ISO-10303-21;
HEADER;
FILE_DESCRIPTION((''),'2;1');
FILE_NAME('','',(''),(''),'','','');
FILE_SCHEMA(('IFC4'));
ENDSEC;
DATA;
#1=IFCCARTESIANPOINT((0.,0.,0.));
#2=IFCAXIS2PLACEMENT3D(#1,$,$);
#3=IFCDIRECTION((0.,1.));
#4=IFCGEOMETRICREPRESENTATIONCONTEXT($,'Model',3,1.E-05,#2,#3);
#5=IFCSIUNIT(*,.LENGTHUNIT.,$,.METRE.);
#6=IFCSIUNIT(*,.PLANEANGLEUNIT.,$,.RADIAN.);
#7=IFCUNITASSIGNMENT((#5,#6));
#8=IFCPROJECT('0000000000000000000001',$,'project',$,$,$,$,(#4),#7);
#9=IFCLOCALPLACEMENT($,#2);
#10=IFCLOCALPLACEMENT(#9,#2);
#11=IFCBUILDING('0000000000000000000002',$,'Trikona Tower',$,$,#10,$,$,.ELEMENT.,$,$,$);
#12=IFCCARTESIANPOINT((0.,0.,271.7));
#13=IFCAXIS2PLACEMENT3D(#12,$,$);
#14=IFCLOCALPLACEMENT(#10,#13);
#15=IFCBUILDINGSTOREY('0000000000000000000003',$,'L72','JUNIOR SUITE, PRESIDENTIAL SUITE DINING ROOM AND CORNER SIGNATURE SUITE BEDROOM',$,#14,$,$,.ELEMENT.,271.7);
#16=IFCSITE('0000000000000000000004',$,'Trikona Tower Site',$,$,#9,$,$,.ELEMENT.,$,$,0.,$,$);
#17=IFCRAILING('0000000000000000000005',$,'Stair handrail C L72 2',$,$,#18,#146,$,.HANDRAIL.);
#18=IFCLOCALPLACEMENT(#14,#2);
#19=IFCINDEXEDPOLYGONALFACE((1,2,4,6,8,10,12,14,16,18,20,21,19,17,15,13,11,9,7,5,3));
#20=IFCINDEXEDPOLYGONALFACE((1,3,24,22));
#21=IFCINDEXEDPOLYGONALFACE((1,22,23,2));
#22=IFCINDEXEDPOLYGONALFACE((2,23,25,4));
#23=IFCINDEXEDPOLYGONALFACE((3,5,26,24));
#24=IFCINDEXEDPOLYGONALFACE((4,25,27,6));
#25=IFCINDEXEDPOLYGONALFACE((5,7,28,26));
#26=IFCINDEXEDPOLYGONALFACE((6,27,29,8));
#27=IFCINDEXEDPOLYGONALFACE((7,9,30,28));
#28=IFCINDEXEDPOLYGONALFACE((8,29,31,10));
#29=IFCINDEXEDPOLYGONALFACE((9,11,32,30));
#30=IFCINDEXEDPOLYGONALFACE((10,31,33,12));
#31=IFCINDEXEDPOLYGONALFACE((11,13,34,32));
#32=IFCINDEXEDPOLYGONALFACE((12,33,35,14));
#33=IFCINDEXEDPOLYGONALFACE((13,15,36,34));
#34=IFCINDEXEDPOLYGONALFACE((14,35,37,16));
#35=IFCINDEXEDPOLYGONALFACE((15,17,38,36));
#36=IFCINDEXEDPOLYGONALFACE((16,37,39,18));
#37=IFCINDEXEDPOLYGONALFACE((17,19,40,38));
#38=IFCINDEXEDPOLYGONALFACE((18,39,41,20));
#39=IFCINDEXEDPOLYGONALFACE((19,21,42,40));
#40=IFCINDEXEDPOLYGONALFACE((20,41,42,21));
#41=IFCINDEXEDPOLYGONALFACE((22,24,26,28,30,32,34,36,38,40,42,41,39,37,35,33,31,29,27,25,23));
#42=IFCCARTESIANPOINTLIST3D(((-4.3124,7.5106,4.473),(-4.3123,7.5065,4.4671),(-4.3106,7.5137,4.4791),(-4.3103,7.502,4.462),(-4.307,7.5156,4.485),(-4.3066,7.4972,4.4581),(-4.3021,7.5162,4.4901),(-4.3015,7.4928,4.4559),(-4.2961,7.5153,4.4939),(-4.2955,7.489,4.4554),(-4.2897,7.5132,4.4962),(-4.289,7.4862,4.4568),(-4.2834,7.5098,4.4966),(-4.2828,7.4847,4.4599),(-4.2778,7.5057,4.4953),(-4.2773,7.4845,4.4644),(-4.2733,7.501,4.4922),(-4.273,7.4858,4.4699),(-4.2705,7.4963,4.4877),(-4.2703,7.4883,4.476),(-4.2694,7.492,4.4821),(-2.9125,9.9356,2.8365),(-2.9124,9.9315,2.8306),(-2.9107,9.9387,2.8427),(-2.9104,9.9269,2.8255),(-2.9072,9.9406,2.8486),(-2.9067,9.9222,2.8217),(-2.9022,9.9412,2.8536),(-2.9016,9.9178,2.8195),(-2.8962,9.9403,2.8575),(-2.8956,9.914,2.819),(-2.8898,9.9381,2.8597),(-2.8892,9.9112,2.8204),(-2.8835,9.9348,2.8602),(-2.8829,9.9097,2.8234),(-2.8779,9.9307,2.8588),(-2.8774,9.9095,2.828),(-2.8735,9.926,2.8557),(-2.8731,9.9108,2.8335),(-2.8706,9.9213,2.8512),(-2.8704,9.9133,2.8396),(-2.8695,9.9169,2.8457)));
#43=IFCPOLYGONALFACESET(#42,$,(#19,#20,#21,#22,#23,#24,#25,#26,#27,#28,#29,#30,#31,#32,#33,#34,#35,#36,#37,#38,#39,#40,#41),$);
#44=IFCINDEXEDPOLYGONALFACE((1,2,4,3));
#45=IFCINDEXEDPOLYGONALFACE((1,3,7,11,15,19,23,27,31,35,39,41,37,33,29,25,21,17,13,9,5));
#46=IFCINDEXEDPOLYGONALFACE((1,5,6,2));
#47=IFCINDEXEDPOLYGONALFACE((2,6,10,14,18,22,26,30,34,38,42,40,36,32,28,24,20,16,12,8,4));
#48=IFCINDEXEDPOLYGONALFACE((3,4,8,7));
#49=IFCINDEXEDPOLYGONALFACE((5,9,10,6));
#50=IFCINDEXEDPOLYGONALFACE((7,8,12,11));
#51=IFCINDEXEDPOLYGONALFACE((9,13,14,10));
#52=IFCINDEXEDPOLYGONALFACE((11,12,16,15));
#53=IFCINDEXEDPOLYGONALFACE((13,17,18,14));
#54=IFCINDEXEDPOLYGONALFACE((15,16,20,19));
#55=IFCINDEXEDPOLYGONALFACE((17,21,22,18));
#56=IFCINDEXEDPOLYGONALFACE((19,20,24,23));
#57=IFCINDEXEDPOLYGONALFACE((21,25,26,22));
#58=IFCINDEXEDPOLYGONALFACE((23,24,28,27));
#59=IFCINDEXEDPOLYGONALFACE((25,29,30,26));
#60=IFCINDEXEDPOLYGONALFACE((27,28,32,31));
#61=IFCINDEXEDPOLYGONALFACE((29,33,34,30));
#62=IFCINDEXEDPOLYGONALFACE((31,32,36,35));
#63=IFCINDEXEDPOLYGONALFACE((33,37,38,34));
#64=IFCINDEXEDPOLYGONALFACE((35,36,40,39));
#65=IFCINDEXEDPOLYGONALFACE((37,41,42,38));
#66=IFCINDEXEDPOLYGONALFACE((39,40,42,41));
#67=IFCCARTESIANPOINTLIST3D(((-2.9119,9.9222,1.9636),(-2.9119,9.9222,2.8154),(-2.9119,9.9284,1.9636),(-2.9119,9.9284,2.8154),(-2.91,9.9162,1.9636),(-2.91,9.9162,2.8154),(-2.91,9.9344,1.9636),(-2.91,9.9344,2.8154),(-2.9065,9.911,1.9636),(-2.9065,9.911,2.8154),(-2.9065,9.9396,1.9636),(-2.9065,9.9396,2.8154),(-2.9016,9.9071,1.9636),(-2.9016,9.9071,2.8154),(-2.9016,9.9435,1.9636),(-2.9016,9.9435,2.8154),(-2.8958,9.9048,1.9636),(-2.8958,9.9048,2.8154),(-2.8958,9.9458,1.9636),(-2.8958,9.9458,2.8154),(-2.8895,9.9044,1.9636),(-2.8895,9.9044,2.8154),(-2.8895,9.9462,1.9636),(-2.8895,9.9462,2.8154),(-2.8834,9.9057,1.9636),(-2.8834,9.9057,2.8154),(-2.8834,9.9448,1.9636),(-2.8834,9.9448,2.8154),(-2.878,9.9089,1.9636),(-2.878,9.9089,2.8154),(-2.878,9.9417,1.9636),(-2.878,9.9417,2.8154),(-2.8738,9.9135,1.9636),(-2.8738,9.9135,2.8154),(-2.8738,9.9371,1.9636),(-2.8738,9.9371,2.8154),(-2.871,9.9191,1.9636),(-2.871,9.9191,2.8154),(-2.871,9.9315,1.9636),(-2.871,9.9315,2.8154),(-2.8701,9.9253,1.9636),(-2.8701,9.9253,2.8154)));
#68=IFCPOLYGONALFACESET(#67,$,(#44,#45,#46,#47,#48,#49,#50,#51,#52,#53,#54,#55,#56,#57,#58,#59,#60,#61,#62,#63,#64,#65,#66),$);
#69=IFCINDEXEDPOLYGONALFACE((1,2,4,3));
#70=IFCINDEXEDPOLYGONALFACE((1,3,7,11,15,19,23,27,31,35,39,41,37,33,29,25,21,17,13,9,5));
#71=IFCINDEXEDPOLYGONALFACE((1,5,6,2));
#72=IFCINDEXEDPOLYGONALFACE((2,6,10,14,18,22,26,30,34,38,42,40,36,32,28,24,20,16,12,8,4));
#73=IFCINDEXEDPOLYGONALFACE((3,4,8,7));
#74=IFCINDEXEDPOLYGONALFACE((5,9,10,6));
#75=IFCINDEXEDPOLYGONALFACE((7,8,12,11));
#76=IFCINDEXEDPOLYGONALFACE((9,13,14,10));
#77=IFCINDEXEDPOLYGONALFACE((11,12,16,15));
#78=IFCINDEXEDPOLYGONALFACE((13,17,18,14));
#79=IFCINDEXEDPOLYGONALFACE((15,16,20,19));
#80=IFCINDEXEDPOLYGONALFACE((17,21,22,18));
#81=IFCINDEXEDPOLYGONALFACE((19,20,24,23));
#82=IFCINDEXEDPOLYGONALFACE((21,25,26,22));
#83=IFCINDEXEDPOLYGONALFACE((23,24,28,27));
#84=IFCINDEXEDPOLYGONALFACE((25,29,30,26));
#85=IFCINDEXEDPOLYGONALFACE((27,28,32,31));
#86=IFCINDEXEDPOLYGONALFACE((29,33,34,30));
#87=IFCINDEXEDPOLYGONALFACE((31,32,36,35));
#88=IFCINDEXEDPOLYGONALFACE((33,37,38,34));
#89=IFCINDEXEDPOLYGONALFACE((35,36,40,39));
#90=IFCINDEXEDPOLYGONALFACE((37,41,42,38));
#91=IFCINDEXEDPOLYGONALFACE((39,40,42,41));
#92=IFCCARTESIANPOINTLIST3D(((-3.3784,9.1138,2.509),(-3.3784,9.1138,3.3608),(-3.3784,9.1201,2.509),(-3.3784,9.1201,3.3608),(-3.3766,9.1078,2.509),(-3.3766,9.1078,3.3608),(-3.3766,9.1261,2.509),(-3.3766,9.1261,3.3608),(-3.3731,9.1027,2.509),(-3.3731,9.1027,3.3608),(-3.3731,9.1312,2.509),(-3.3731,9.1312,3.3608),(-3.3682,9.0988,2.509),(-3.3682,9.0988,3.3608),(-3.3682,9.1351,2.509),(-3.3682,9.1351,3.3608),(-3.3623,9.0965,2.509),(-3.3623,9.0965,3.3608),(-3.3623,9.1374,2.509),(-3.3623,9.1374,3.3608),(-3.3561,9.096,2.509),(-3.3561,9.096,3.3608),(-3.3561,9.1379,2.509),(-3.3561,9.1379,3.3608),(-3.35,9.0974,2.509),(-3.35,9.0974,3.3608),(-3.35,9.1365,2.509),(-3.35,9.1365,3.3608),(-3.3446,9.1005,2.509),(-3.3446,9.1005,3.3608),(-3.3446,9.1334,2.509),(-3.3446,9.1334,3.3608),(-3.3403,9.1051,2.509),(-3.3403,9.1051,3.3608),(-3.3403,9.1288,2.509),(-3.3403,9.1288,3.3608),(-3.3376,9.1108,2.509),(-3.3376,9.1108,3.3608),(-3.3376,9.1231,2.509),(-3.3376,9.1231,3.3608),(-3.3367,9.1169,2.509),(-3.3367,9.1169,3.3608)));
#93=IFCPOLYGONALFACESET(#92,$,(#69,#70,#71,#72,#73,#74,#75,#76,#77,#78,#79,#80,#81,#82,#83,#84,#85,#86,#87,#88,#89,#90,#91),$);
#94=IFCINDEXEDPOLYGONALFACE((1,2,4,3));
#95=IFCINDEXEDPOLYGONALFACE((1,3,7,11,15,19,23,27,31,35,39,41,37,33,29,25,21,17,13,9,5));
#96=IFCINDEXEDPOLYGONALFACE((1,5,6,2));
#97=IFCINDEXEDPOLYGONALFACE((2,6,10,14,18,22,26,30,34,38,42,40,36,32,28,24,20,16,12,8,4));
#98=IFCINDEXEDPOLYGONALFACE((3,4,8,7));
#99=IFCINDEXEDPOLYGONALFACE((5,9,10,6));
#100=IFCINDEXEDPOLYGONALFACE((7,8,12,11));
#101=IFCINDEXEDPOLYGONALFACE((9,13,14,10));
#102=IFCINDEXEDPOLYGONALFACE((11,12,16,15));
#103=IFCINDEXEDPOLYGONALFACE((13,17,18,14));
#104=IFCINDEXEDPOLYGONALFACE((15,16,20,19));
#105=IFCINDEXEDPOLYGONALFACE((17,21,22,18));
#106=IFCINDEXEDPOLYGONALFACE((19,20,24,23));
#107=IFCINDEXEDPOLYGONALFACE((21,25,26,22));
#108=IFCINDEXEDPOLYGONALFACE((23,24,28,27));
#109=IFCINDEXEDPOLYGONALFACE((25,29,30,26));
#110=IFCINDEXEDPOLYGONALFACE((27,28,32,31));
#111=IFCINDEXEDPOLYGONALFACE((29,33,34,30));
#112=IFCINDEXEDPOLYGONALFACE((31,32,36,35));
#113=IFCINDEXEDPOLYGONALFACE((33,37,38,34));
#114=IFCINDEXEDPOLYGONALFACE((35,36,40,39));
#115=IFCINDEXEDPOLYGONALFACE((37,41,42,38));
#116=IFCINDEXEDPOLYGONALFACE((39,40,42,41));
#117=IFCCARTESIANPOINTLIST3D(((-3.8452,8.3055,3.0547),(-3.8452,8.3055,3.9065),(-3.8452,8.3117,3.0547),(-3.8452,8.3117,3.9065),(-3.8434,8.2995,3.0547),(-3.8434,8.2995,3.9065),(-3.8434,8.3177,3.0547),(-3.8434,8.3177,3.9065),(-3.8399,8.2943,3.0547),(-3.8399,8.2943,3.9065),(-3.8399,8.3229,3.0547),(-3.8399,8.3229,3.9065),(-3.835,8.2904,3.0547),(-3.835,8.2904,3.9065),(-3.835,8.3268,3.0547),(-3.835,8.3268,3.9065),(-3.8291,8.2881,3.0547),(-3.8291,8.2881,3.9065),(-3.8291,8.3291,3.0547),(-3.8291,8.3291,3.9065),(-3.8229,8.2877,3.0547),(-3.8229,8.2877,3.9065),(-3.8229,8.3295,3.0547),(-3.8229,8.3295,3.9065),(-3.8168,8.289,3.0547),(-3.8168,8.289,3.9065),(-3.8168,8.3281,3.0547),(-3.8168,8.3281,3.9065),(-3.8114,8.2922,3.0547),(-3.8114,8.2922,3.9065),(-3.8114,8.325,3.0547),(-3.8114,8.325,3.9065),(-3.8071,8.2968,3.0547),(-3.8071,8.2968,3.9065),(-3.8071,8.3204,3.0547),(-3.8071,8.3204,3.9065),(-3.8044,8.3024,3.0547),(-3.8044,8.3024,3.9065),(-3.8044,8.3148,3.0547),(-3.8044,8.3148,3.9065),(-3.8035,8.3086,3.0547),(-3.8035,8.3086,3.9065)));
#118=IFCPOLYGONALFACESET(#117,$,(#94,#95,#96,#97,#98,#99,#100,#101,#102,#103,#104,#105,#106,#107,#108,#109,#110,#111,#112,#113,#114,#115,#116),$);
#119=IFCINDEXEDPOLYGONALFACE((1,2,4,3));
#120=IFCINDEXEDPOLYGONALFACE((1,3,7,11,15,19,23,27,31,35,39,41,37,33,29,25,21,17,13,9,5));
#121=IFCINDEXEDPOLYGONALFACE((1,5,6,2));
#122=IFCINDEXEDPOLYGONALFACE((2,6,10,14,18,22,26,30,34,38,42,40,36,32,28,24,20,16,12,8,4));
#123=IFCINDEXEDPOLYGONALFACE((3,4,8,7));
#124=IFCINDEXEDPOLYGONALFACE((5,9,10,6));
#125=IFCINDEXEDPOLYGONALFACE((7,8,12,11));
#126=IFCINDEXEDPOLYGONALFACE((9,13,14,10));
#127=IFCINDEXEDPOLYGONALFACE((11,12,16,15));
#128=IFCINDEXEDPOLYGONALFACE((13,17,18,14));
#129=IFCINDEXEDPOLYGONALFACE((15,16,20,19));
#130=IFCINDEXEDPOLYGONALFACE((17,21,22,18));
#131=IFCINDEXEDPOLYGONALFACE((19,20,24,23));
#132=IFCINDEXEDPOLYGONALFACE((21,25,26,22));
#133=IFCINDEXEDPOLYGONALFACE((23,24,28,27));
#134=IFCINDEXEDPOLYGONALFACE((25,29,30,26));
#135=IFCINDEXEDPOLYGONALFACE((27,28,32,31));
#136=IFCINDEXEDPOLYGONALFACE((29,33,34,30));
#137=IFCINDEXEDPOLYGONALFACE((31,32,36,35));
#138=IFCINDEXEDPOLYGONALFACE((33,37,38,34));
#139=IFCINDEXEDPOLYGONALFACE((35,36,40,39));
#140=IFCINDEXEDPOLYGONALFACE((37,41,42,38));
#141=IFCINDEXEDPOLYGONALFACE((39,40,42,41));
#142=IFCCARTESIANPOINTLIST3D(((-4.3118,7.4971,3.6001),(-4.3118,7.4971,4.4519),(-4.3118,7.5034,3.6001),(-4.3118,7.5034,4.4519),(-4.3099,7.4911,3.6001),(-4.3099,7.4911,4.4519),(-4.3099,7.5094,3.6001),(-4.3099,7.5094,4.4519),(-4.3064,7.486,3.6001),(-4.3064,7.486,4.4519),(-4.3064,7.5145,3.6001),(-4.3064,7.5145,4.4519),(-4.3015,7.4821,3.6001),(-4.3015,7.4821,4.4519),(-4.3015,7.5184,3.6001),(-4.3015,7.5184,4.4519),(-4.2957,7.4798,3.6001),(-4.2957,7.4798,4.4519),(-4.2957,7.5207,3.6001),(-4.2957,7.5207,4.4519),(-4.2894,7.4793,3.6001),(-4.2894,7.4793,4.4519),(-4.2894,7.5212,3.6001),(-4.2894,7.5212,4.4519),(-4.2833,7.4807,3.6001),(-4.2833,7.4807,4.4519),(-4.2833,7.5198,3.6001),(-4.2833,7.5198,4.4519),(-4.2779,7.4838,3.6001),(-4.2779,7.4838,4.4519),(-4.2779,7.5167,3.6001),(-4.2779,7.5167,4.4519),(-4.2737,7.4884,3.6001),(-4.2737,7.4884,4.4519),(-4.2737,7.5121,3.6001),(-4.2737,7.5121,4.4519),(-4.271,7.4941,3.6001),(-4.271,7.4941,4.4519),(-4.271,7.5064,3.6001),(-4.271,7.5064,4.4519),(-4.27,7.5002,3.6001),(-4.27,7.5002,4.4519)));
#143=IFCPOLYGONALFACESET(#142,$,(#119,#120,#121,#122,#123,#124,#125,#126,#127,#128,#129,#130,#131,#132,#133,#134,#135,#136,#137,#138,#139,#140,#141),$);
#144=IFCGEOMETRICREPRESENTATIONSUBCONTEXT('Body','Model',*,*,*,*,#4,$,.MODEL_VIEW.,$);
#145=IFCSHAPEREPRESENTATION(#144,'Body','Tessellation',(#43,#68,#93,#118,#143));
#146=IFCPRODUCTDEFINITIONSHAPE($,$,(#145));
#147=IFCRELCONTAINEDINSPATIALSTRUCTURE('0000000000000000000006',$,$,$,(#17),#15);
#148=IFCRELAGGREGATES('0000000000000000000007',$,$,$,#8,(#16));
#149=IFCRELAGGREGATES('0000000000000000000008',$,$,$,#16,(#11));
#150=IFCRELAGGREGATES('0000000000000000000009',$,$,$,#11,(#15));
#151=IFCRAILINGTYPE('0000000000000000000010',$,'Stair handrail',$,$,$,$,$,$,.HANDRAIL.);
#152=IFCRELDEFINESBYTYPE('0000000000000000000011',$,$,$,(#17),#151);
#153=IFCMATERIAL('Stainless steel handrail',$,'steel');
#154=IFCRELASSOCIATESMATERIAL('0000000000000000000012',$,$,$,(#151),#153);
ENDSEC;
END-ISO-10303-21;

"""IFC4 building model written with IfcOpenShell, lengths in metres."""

from ifc_helpers import new_model, si_unit, direction, frame, origin, origin_2d, place, context, subcontext, project, spatial, circle, extrude, material, type_object, element, save


model = new_model("IFC4")

# Units and contexts
model_context = context("Model", 3, precision=1e-05, world=origin(), true_north=direction((0.0, 1.0)))
body_context = subcontext(model_context, "Body", "Model", "MODEL_VIEW")
ifc_project = project(units=[si_unit("LENGTHUNIT", "METRE"), si_unit("PLANEANGLEUNIT", "RADIAN")], contexts=[model_context])

# Site, building, storey
site_placement = place(None, origin())
site = spatial("IfcSite", under=ifc_project, at=site_placement, Name="Trikona Tower Site", CompositionType="ELEMENT", RefElevation=0.0)
building_placement = place(site_placement, origin())
building = spatial("IfcBuilding", under=site, at=building_placement, Name="Trikona Tower", CompositionType="ELEMENT")
storey_placement = place(building_placement, frame((0.0, 0.0, 271.7)))
storey = spatial("IfcBuildingStorey", under=building, at=storey_placement, Name="L72", Description="JUNIOR SUITE, PRESIDENTIAL SUITE DINING ROOM AND CORNER SIGNATURE SUITE BEDROOM", CompositionType="ELEMENT", Elevation=271.7)

# Railing
ifc_material_1 = material(Name="Stainless steel handrail", Category="steel")
railing_type = type_object("IfcRailingType", Name="Stair handrail", PredefinedType="HANDRAIL", material=ifc_material_1)
railing_1_placement = place(storey_placement, frame((-2.8911, 9.9253, 1.9636)))
element("IfcRailing", 1, at=railing_1_placement, inside=storey, type_object=railing_type, Name="Stair handrail C L72 2", PredefinedType="HANDRAIL", context=body_context, shape_type="SweptSolid", body=[
    extrude(circle(Radius=0.0239, at=origin_2d()), frame((0.0, 0.0, 0.876), z_axis=(-0.431636, -0.747723, 0.504579), x_axis=(0.866056, -0.499946, 0.0)), (0.0, 0.0, 1.0), 3.2432),
    extrude(circle(Radius=0.021, at=origin_2d()), origin(), (0.0, 0.0, 1.0), 0.8518),
    extrude(circle(Radius=0.021, at=origin_2d()), frame((-0.4666, -0.8083, 0.5454)), (0.0, 0.0, 1.0), 0.8518),
    extrude(circle(Radius=0.021, at=origin_2d()), frame((-0.9333, -1.6167, 1.0911)), (0.0, 0.0, 1.0), 0.8518),
    extrude(circle(Radius=0.021, at=origin_2d()), frame((-1.3999, -2.425, 1.6365)), (0.0, 0.0, 1.0), 0.8518),
])

save(model, "model.ifc")
